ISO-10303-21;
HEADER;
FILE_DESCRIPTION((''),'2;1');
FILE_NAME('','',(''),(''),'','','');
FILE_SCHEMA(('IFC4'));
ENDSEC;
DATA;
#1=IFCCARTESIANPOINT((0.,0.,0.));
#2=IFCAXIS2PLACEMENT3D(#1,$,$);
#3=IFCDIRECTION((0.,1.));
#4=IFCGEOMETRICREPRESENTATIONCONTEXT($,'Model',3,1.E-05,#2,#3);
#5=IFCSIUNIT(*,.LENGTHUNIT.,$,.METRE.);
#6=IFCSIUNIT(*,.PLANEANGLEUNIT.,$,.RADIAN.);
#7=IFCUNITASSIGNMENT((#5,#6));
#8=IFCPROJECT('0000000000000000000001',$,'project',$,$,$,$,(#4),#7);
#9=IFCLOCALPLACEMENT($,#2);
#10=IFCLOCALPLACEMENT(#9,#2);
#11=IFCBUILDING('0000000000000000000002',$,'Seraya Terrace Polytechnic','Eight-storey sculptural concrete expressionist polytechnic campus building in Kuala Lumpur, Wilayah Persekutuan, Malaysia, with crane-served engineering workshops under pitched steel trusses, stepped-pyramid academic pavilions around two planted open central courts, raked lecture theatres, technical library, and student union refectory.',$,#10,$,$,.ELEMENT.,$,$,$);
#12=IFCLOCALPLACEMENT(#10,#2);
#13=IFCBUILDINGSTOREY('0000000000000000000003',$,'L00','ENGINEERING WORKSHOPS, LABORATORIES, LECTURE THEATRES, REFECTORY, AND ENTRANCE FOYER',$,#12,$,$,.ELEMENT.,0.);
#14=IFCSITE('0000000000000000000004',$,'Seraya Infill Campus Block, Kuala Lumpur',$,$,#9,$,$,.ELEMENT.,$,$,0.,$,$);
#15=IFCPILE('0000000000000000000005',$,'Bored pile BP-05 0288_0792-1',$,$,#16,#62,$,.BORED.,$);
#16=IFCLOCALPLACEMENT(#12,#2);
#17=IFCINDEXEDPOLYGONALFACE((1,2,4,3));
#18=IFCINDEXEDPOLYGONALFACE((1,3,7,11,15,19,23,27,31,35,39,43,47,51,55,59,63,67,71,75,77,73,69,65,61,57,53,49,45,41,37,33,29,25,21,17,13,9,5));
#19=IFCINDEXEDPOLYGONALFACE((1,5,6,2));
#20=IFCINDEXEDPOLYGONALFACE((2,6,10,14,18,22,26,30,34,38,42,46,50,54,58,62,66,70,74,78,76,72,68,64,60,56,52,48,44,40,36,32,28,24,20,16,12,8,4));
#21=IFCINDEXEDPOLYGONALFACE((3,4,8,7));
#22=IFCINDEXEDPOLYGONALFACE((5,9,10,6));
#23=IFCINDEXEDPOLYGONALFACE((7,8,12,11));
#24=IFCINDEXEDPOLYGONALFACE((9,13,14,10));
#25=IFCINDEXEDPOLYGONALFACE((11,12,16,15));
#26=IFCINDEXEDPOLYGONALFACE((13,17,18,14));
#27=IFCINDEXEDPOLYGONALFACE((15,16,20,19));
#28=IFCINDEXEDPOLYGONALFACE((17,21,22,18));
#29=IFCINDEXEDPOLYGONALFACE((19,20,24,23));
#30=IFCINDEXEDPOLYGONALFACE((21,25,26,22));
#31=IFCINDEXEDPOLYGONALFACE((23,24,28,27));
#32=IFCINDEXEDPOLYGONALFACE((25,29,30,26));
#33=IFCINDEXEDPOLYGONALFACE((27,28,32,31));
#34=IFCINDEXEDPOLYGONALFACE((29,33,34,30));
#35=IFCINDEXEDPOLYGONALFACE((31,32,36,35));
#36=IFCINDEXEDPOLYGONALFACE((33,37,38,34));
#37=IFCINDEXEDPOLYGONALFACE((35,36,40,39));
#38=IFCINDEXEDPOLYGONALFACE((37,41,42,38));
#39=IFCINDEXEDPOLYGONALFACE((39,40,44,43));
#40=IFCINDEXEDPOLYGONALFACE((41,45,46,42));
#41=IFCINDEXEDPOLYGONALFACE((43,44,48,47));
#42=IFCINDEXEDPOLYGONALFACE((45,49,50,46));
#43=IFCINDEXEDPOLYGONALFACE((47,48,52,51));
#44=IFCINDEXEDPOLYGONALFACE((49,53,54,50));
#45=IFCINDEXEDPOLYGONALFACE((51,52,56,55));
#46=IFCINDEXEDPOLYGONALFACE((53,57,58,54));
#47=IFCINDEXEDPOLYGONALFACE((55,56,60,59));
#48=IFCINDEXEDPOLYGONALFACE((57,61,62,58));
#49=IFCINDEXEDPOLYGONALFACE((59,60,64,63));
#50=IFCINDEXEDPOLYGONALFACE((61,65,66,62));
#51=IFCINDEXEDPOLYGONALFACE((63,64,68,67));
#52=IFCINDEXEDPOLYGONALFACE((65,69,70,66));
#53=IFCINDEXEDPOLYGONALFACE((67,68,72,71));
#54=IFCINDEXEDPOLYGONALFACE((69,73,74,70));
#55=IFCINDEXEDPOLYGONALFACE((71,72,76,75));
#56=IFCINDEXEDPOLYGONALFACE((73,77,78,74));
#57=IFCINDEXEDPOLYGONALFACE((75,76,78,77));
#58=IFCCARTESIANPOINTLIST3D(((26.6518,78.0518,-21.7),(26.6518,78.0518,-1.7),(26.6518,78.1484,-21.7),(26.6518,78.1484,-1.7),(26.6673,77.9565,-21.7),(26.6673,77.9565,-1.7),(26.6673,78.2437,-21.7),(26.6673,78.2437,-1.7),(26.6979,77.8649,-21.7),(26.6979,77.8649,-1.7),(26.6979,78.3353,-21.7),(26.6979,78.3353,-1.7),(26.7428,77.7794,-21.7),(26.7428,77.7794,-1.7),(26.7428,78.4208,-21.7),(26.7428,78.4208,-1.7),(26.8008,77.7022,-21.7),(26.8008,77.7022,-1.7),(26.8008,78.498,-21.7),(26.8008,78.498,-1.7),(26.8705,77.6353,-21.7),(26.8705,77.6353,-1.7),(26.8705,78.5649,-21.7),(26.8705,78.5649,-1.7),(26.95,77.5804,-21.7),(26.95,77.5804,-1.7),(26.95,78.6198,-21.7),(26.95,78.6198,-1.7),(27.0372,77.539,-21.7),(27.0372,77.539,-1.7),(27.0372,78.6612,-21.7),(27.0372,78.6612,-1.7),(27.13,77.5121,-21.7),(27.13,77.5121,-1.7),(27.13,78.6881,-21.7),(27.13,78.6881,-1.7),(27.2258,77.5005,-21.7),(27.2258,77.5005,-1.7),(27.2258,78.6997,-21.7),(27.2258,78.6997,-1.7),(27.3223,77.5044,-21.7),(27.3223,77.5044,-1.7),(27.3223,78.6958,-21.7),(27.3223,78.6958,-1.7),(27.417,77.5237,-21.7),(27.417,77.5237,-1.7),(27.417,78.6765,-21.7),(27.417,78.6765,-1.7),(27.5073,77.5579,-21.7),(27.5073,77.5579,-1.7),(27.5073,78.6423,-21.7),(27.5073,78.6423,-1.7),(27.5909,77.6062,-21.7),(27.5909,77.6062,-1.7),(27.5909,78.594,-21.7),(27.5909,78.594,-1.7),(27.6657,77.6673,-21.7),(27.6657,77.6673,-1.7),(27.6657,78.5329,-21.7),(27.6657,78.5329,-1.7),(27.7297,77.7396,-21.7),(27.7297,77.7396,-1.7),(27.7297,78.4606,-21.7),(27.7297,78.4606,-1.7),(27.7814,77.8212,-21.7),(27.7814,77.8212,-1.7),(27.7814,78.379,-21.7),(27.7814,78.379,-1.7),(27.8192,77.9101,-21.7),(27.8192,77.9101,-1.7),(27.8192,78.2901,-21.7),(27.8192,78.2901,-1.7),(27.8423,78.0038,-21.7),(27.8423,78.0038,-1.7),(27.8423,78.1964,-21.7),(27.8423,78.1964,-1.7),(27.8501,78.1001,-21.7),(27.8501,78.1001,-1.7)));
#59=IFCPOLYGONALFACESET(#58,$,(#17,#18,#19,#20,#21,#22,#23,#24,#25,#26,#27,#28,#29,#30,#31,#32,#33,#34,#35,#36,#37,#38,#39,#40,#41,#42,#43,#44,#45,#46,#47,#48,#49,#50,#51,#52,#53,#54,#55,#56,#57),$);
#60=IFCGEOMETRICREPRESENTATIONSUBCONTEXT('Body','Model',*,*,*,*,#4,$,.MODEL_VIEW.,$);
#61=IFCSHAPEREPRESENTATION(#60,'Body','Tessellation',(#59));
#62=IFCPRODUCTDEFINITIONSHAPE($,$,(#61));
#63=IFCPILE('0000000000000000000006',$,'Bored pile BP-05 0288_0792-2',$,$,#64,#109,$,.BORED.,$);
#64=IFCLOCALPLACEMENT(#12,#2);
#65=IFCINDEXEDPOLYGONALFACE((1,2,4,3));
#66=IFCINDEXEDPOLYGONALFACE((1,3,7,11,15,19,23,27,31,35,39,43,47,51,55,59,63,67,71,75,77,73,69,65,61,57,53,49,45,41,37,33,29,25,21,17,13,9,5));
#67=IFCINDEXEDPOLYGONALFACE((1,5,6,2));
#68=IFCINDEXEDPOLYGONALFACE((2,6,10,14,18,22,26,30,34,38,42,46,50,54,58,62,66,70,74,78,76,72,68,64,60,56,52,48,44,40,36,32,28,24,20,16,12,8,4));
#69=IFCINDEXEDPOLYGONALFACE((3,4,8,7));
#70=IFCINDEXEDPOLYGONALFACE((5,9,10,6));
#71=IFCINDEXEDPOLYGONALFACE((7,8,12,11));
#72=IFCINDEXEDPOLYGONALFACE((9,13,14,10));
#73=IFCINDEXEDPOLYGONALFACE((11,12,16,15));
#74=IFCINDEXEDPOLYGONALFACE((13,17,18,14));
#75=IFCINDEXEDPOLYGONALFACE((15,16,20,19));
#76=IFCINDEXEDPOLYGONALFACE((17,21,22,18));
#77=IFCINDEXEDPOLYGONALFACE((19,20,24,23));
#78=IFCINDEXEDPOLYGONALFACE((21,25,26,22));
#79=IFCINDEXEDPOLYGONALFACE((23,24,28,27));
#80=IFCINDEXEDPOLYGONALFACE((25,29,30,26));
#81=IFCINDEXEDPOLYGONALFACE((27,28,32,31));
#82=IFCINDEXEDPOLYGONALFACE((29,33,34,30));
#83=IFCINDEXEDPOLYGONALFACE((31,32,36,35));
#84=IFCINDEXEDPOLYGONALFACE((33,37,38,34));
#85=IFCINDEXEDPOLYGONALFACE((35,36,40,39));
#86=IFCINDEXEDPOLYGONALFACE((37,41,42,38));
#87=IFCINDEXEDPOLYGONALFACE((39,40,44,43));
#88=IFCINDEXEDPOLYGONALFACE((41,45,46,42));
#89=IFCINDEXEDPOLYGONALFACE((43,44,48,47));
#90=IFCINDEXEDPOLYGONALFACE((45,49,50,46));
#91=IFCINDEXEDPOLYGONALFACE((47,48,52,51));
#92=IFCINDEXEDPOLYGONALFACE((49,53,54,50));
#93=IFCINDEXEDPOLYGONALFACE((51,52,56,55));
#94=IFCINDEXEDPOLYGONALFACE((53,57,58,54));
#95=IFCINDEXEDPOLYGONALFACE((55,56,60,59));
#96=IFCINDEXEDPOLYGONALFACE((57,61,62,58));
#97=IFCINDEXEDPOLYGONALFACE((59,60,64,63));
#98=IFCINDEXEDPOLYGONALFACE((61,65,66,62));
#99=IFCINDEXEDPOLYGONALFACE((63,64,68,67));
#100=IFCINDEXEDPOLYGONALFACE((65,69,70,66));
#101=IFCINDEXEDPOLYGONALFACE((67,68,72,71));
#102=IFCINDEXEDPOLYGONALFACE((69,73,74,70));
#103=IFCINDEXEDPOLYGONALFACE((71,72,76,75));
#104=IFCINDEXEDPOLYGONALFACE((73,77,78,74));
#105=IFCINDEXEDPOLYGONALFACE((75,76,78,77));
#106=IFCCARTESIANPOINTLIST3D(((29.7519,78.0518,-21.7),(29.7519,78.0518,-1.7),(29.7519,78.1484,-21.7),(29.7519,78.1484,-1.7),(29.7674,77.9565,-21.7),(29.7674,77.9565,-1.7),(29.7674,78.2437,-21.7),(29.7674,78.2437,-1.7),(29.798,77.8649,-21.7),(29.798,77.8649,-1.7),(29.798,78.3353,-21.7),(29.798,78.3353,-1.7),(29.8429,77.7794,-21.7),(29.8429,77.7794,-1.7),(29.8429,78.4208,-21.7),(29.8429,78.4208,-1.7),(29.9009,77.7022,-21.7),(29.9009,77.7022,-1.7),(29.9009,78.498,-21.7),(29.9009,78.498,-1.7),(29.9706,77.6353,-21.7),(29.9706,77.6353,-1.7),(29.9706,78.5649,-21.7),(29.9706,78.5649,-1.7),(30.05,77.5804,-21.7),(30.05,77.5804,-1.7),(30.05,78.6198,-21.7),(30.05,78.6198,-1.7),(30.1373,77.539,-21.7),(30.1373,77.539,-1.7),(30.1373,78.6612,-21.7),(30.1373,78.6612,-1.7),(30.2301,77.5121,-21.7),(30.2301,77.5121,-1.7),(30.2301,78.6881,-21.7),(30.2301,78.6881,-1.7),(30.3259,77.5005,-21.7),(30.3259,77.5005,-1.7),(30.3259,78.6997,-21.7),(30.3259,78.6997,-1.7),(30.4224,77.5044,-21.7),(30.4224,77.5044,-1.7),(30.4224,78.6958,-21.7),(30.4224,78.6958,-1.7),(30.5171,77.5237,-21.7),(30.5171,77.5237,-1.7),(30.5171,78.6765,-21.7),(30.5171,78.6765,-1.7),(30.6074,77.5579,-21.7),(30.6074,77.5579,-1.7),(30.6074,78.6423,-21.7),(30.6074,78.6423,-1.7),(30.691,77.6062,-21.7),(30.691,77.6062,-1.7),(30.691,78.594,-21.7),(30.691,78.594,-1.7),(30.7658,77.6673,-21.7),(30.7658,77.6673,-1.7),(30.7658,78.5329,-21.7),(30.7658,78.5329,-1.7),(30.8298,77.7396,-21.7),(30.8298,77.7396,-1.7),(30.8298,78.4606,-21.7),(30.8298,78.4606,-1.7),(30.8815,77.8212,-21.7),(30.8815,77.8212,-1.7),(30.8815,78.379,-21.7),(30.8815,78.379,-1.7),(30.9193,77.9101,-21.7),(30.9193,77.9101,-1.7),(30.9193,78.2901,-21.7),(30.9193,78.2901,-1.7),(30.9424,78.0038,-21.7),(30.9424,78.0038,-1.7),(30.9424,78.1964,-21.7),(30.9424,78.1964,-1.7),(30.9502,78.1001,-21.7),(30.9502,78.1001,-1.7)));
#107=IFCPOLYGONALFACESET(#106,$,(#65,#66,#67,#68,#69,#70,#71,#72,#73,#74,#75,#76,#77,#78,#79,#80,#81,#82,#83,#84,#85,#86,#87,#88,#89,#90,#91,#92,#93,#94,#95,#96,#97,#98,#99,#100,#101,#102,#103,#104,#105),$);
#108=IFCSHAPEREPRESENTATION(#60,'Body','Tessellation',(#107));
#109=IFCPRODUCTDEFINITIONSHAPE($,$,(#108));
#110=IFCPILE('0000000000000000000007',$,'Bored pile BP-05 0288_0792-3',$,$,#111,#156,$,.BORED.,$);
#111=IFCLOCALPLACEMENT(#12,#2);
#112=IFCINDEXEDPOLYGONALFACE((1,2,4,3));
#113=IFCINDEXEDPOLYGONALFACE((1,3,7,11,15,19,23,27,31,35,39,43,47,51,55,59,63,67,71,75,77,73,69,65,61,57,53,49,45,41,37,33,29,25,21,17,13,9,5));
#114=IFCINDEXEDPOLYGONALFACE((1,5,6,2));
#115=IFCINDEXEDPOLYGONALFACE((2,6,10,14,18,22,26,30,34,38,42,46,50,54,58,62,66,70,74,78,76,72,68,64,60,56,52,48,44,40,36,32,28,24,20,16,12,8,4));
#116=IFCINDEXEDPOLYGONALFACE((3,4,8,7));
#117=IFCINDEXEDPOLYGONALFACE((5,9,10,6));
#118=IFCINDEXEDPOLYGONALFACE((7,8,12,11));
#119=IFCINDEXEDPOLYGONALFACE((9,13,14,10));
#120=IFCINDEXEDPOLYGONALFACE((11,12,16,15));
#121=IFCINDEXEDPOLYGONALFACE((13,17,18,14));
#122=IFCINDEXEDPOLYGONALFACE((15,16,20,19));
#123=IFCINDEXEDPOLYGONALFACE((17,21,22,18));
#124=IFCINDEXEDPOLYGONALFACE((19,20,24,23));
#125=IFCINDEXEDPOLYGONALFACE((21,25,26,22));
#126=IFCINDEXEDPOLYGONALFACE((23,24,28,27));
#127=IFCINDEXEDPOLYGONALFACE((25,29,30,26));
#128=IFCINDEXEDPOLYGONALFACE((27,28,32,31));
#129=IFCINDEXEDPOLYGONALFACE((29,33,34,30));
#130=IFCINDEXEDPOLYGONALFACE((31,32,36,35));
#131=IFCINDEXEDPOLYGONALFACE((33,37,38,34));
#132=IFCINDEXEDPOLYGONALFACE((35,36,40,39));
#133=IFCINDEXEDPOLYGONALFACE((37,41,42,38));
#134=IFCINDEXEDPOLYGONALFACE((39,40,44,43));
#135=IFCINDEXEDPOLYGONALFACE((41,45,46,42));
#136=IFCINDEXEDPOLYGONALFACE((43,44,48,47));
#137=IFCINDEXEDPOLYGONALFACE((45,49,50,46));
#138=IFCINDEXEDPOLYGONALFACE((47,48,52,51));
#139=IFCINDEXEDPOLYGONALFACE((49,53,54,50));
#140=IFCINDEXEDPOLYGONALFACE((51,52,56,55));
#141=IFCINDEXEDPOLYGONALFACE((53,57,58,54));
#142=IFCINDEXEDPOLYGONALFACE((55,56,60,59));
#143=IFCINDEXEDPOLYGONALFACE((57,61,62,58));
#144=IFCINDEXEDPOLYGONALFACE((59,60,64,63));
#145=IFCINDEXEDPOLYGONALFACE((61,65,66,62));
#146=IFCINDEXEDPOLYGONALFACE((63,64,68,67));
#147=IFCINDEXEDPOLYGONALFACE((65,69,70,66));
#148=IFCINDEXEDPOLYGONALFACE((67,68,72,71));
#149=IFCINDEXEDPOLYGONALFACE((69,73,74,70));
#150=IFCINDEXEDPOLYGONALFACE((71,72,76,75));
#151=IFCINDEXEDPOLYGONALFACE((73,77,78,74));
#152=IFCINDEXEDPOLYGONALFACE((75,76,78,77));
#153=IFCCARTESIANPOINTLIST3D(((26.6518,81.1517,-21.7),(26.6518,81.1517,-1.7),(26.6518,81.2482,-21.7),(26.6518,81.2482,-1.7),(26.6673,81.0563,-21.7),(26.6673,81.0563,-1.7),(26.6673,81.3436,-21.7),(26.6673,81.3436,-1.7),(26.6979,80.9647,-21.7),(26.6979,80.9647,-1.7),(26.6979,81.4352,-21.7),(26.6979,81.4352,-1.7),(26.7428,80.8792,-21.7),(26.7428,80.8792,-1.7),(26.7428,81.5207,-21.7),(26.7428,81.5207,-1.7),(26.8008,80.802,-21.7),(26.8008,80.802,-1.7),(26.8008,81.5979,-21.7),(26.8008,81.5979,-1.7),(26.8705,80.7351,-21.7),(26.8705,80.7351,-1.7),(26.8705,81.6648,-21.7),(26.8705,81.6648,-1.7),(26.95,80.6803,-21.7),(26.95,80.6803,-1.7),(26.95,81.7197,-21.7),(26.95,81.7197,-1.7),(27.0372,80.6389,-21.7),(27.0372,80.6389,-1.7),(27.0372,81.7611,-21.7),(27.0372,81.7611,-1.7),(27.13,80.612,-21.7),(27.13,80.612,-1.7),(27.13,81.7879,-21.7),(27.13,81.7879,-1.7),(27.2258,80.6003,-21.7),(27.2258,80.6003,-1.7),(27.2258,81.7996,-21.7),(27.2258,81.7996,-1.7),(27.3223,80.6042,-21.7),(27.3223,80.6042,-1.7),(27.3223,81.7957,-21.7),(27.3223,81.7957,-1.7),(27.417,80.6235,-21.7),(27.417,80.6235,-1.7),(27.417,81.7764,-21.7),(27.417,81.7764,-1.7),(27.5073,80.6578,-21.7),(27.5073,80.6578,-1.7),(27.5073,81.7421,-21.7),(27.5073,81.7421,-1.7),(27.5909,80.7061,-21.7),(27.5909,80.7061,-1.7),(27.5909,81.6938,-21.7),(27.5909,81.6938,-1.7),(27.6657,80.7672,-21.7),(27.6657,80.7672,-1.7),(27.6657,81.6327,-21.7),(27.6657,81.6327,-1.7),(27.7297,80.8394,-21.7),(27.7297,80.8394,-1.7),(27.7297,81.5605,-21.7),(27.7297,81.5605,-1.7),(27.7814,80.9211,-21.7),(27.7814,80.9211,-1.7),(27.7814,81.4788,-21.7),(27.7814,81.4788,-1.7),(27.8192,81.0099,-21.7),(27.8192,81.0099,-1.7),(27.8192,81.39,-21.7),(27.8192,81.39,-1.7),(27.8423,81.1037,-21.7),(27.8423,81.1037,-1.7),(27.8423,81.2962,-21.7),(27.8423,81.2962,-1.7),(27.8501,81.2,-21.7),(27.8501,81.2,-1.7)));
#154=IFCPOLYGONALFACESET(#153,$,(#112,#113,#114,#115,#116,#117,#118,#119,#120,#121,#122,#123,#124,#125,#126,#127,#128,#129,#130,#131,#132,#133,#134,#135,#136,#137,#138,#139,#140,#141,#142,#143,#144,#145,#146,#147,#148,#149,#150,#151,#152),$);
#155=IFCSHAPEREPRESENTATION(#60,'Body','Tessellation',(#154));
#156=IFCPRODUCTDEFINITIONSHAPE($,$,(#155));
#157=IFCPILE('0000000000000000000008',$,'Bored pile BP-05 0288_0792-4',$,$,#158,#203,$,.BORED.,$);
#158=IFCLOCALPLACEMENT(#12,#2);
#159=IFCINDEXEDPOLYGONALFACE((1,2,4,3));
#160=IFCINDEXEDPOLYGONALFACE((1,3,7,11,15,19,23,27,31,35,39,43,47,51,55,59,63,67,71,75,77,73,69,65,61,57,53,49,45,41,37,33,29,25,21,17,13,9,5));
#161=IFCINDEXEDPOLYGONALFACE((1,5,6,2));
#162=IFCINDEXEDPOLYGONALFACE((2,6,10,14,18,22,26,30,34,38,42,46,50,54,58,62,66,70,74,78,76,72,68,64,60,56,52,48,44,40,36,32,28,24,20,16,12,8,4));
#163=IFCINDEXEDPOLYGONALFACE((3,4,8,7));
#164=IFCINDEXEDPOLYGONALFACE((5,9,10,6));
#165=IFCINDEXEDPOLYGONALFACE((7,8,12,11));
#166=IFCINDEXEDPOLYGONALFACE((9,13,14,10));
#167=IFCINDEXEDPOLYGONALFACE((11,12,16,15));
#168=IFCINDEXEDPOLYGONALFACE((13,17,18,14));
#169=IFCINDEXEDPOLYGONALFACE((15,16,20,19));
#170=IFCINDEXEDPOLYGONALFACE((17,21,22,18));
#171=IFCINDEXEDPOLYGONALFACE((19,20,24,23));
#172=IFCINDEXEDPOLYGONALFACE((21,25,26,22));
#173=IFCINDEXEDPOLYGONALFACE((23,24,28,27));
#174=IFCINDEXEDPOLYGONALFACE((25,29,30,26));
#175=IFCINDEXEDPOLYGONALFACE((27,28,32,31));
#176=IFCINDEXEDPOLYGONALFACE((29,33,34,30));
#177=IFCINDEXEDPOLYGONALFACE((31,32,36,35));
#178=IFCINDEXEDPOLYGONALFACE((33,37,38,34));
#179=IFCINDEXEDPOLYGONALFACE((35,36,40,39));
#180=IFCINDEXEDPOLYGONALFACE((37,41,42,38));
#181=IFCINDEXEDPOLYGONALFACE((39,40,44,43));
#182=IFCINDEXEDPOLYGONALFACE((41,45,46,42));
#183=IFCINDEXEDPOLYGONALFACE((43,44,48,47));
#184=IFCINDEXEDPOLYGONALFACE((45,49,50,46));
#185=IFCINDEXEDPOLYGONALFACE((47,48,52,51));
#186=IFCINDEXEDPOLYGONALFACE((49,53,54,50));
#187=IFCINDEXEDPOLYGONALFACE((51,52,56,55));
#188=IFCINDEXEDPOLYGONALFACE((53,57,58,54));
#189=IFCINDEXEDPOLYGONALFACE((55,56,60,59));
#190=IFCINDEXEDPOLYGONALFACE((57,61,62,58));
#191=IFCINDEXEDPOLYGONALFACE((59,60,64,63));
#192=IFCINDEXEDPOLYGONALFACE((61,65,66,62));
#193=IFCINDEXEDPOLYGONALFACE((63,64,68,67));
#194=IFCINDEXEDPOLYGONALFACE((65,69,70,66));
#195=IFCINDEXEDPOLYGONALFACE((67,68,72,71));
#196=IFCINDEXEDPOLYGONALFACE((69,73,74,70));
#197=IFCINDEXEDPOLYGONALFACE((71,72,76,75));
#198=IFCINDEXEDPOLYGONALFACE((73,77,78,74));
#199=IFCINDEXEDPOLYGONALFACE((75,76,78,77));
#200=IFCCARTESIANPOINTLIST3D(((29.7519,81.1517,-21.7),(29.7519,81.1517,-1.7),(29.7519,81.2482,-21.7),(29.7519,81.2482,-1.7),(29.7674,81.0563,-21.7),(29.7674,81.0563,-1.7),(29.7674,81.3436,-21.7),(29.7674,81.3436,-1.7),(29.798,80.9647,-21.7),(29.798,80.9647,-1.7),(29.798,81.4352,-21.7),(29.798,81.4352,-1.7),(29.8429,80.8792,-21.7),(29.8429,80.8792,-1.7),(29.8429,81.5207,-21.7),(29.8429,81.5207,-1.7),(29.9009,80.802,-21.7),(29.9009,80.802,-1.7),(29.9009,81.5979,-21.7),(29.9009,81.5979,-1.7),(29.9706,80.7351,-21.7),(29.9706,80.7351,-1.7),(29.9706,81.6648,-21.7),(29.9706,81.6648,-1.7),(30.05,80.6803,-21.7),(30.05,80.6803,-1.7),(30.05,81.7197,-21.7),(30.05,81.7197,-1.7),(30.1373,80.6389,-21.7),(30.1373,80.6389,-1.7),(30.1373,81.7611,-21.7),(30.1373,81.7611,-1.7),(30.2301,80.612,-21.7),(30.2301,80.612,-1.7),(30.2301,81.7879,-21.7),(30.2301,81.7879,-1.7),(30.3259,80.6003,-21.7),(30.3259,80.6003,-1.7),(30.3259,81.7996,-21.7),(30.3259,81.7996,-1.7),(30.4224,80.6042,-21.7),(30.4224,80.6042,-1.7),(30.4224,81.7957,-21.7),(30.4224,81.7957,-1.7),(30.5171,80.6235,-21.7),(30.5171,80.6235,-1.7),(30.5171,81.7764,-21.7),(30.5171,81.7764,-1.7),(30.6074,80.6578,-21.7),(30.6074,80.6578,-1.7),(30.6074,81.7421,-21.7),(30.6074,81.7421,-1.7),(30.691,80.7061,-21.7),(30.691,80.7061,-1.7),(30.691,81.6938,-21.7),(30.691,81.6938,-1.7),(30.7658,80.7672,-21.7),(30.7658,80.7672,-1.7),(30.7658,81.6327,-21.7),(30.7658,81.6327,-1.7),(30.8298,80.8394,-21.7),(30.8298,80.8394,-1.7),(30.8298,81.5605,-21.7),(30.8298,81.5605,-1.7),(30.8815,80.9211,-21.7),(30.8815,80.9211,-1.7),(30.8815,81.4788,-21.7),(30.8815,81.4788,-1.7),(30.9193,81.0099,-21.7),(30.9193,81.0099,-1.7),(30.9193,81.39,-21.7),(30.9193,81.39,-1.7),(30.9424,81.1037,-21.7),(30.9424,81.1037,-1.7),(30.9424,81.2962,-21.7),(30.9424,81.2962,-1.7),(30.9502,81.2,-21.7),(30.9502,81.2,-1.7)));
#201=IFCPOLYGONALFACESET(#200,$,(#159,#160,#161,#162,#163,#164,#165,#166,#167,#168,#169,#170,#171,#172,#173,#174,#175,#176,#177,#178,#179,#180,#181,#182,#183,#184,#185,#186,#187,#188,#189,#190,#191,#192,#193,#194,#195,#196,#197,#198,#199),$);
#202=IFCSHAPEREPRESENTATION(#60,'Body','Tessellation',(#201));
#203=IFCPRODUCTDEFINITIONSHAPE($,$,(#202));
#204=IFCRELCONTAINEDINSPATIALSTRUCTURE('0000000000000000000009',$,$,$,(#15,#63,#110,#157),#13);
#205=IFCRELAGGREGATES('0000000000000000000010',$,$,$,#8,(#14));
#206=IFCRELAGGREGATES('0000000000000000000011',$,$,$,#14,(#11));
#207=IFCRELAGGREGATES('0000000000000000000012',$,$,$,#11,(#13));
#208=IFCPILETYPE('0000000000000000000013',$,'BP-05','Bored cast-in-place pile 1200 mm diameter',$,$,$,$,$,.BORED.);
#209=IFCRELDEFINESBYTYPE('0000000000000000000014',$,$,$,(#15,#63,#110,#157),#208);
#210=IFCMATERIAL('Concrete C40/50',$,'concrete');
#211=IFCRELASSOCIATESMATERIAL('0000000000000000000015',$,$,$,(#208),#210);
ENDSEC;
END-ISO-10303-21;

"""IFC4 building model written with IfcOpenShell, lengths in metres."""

from ifc_helpers import new_model, si_unit, direction, frame, origin, origin_2d, place, context, subcontext, project, spatial, circle, extrude, material, material_profile, profile_set, type_object, element, save


model = new_model("IFC4")

# Units and contexts
model_context = context("Model", 3, precision=1e-05, world=origin(), true_north=direction((0.0, 1.0)))
body_context = subcontext(model_context, "Body", "Model", "MODEL_VIEW")
ifc_project = project(units=[si_unit("LENGTHUNIT", "METRE"), si_unit("PLANEANGLEUNIT", "RADIAN")], contexts=[model_context])

# Site, building, storey
site_placement = place(None, origin())
site = spatial("IfcSite", under=ifc_project, at=site_placement, Name="Seraya Infill Campus Block, Kuala Lumpur", CompositionType="ELEMENT", RefElevation=0.0)
building_placement = place(site_placement, origin())
building = spatial("IfcBuilding", under=site, at=building_placement, Name="Seraya Terrace Polytechnic", Description="Eight-storey sculptural concrete expressionist polytechnic campus building in Kuala Lumpur, Wilayah Persekutuan, Malaysia, with crane-served engineering workshops under pitched steel trusses, stepped-pyramid academic pavilions around two planted open central courts, raked lecture theatres, technical library, and student union refectory.", CompositionType="ELEMENT")
storey_placement = place(building_placement, origin())
storey = spatial("IfcBuildingStorey", under=building, at=storey_placement, Name="L00", Description="ENGINEERING WORKSHOPS, LABORATORIES, LECTURE THEATRES, REFECTORY, AND ENTRANCE FOYER", CompositionType="ELEMENT", Elevation=0.0)

# Piles
ifc_material_1 = material(Name="Concrete C40/50", Category="concrete")
ifc_material_profile_1 = material_profile(ifc_material_1, circle(Radius=0.6001, at=origin_2d()), Name="DIA 1200")
ifc_profile_set_1 = profile_set([ifc_material_profile_1], Name="Concrete C40/50")
pile_type_1 = type_object("IfcPileType", Name="BP-05", Description="Bored cast-in-place pile 1200 mm diameter", PredefinedType="BORED", material=ifc_profile_set_1)
for number, where, z_axis, x_axis, name in (
    (1, (27.25, 78.1001, -1.7), (0.0, 0.0, -1.0), (1.0, 0.0, 0.0), "Bored pile BP-05 0288_0792-1"),
    (2, (30.3501, 78.1001, -1.7), (0.0, 0.0, -1.0), (1.0, 0.0, 0.0), "Bored pile BP-05 0288_0792-2"),
    (3, (27.25, 81.2, -1.7), (0.0, 0.0, -1.0), (1.0, 0.0, 0.0), "Bored pile BP-05 0288_0792-3"),
    (4, (30.3501, 81.2, -1.7), (0.0, 0.0, -1.0), (1.0, 0.0, 0.0), "Bored pile BP-05 0288_0792-4"),
):
    element("IfcPile", number, at=place(storey_placement, frame(where, z_axis=z_axis, x_axis=x_axis)), inside=storey, type_object=pile_type_1, Name=name, PredefinedType="BORED", context=body_context, shape_type="SweptSolid", body=[
        extrude(circle(Radius=0.6001, at=origin_2d()), origin(), (0.0, 0.0, 1.0), 20.0),
    ])

save(model, "model.ifc")
